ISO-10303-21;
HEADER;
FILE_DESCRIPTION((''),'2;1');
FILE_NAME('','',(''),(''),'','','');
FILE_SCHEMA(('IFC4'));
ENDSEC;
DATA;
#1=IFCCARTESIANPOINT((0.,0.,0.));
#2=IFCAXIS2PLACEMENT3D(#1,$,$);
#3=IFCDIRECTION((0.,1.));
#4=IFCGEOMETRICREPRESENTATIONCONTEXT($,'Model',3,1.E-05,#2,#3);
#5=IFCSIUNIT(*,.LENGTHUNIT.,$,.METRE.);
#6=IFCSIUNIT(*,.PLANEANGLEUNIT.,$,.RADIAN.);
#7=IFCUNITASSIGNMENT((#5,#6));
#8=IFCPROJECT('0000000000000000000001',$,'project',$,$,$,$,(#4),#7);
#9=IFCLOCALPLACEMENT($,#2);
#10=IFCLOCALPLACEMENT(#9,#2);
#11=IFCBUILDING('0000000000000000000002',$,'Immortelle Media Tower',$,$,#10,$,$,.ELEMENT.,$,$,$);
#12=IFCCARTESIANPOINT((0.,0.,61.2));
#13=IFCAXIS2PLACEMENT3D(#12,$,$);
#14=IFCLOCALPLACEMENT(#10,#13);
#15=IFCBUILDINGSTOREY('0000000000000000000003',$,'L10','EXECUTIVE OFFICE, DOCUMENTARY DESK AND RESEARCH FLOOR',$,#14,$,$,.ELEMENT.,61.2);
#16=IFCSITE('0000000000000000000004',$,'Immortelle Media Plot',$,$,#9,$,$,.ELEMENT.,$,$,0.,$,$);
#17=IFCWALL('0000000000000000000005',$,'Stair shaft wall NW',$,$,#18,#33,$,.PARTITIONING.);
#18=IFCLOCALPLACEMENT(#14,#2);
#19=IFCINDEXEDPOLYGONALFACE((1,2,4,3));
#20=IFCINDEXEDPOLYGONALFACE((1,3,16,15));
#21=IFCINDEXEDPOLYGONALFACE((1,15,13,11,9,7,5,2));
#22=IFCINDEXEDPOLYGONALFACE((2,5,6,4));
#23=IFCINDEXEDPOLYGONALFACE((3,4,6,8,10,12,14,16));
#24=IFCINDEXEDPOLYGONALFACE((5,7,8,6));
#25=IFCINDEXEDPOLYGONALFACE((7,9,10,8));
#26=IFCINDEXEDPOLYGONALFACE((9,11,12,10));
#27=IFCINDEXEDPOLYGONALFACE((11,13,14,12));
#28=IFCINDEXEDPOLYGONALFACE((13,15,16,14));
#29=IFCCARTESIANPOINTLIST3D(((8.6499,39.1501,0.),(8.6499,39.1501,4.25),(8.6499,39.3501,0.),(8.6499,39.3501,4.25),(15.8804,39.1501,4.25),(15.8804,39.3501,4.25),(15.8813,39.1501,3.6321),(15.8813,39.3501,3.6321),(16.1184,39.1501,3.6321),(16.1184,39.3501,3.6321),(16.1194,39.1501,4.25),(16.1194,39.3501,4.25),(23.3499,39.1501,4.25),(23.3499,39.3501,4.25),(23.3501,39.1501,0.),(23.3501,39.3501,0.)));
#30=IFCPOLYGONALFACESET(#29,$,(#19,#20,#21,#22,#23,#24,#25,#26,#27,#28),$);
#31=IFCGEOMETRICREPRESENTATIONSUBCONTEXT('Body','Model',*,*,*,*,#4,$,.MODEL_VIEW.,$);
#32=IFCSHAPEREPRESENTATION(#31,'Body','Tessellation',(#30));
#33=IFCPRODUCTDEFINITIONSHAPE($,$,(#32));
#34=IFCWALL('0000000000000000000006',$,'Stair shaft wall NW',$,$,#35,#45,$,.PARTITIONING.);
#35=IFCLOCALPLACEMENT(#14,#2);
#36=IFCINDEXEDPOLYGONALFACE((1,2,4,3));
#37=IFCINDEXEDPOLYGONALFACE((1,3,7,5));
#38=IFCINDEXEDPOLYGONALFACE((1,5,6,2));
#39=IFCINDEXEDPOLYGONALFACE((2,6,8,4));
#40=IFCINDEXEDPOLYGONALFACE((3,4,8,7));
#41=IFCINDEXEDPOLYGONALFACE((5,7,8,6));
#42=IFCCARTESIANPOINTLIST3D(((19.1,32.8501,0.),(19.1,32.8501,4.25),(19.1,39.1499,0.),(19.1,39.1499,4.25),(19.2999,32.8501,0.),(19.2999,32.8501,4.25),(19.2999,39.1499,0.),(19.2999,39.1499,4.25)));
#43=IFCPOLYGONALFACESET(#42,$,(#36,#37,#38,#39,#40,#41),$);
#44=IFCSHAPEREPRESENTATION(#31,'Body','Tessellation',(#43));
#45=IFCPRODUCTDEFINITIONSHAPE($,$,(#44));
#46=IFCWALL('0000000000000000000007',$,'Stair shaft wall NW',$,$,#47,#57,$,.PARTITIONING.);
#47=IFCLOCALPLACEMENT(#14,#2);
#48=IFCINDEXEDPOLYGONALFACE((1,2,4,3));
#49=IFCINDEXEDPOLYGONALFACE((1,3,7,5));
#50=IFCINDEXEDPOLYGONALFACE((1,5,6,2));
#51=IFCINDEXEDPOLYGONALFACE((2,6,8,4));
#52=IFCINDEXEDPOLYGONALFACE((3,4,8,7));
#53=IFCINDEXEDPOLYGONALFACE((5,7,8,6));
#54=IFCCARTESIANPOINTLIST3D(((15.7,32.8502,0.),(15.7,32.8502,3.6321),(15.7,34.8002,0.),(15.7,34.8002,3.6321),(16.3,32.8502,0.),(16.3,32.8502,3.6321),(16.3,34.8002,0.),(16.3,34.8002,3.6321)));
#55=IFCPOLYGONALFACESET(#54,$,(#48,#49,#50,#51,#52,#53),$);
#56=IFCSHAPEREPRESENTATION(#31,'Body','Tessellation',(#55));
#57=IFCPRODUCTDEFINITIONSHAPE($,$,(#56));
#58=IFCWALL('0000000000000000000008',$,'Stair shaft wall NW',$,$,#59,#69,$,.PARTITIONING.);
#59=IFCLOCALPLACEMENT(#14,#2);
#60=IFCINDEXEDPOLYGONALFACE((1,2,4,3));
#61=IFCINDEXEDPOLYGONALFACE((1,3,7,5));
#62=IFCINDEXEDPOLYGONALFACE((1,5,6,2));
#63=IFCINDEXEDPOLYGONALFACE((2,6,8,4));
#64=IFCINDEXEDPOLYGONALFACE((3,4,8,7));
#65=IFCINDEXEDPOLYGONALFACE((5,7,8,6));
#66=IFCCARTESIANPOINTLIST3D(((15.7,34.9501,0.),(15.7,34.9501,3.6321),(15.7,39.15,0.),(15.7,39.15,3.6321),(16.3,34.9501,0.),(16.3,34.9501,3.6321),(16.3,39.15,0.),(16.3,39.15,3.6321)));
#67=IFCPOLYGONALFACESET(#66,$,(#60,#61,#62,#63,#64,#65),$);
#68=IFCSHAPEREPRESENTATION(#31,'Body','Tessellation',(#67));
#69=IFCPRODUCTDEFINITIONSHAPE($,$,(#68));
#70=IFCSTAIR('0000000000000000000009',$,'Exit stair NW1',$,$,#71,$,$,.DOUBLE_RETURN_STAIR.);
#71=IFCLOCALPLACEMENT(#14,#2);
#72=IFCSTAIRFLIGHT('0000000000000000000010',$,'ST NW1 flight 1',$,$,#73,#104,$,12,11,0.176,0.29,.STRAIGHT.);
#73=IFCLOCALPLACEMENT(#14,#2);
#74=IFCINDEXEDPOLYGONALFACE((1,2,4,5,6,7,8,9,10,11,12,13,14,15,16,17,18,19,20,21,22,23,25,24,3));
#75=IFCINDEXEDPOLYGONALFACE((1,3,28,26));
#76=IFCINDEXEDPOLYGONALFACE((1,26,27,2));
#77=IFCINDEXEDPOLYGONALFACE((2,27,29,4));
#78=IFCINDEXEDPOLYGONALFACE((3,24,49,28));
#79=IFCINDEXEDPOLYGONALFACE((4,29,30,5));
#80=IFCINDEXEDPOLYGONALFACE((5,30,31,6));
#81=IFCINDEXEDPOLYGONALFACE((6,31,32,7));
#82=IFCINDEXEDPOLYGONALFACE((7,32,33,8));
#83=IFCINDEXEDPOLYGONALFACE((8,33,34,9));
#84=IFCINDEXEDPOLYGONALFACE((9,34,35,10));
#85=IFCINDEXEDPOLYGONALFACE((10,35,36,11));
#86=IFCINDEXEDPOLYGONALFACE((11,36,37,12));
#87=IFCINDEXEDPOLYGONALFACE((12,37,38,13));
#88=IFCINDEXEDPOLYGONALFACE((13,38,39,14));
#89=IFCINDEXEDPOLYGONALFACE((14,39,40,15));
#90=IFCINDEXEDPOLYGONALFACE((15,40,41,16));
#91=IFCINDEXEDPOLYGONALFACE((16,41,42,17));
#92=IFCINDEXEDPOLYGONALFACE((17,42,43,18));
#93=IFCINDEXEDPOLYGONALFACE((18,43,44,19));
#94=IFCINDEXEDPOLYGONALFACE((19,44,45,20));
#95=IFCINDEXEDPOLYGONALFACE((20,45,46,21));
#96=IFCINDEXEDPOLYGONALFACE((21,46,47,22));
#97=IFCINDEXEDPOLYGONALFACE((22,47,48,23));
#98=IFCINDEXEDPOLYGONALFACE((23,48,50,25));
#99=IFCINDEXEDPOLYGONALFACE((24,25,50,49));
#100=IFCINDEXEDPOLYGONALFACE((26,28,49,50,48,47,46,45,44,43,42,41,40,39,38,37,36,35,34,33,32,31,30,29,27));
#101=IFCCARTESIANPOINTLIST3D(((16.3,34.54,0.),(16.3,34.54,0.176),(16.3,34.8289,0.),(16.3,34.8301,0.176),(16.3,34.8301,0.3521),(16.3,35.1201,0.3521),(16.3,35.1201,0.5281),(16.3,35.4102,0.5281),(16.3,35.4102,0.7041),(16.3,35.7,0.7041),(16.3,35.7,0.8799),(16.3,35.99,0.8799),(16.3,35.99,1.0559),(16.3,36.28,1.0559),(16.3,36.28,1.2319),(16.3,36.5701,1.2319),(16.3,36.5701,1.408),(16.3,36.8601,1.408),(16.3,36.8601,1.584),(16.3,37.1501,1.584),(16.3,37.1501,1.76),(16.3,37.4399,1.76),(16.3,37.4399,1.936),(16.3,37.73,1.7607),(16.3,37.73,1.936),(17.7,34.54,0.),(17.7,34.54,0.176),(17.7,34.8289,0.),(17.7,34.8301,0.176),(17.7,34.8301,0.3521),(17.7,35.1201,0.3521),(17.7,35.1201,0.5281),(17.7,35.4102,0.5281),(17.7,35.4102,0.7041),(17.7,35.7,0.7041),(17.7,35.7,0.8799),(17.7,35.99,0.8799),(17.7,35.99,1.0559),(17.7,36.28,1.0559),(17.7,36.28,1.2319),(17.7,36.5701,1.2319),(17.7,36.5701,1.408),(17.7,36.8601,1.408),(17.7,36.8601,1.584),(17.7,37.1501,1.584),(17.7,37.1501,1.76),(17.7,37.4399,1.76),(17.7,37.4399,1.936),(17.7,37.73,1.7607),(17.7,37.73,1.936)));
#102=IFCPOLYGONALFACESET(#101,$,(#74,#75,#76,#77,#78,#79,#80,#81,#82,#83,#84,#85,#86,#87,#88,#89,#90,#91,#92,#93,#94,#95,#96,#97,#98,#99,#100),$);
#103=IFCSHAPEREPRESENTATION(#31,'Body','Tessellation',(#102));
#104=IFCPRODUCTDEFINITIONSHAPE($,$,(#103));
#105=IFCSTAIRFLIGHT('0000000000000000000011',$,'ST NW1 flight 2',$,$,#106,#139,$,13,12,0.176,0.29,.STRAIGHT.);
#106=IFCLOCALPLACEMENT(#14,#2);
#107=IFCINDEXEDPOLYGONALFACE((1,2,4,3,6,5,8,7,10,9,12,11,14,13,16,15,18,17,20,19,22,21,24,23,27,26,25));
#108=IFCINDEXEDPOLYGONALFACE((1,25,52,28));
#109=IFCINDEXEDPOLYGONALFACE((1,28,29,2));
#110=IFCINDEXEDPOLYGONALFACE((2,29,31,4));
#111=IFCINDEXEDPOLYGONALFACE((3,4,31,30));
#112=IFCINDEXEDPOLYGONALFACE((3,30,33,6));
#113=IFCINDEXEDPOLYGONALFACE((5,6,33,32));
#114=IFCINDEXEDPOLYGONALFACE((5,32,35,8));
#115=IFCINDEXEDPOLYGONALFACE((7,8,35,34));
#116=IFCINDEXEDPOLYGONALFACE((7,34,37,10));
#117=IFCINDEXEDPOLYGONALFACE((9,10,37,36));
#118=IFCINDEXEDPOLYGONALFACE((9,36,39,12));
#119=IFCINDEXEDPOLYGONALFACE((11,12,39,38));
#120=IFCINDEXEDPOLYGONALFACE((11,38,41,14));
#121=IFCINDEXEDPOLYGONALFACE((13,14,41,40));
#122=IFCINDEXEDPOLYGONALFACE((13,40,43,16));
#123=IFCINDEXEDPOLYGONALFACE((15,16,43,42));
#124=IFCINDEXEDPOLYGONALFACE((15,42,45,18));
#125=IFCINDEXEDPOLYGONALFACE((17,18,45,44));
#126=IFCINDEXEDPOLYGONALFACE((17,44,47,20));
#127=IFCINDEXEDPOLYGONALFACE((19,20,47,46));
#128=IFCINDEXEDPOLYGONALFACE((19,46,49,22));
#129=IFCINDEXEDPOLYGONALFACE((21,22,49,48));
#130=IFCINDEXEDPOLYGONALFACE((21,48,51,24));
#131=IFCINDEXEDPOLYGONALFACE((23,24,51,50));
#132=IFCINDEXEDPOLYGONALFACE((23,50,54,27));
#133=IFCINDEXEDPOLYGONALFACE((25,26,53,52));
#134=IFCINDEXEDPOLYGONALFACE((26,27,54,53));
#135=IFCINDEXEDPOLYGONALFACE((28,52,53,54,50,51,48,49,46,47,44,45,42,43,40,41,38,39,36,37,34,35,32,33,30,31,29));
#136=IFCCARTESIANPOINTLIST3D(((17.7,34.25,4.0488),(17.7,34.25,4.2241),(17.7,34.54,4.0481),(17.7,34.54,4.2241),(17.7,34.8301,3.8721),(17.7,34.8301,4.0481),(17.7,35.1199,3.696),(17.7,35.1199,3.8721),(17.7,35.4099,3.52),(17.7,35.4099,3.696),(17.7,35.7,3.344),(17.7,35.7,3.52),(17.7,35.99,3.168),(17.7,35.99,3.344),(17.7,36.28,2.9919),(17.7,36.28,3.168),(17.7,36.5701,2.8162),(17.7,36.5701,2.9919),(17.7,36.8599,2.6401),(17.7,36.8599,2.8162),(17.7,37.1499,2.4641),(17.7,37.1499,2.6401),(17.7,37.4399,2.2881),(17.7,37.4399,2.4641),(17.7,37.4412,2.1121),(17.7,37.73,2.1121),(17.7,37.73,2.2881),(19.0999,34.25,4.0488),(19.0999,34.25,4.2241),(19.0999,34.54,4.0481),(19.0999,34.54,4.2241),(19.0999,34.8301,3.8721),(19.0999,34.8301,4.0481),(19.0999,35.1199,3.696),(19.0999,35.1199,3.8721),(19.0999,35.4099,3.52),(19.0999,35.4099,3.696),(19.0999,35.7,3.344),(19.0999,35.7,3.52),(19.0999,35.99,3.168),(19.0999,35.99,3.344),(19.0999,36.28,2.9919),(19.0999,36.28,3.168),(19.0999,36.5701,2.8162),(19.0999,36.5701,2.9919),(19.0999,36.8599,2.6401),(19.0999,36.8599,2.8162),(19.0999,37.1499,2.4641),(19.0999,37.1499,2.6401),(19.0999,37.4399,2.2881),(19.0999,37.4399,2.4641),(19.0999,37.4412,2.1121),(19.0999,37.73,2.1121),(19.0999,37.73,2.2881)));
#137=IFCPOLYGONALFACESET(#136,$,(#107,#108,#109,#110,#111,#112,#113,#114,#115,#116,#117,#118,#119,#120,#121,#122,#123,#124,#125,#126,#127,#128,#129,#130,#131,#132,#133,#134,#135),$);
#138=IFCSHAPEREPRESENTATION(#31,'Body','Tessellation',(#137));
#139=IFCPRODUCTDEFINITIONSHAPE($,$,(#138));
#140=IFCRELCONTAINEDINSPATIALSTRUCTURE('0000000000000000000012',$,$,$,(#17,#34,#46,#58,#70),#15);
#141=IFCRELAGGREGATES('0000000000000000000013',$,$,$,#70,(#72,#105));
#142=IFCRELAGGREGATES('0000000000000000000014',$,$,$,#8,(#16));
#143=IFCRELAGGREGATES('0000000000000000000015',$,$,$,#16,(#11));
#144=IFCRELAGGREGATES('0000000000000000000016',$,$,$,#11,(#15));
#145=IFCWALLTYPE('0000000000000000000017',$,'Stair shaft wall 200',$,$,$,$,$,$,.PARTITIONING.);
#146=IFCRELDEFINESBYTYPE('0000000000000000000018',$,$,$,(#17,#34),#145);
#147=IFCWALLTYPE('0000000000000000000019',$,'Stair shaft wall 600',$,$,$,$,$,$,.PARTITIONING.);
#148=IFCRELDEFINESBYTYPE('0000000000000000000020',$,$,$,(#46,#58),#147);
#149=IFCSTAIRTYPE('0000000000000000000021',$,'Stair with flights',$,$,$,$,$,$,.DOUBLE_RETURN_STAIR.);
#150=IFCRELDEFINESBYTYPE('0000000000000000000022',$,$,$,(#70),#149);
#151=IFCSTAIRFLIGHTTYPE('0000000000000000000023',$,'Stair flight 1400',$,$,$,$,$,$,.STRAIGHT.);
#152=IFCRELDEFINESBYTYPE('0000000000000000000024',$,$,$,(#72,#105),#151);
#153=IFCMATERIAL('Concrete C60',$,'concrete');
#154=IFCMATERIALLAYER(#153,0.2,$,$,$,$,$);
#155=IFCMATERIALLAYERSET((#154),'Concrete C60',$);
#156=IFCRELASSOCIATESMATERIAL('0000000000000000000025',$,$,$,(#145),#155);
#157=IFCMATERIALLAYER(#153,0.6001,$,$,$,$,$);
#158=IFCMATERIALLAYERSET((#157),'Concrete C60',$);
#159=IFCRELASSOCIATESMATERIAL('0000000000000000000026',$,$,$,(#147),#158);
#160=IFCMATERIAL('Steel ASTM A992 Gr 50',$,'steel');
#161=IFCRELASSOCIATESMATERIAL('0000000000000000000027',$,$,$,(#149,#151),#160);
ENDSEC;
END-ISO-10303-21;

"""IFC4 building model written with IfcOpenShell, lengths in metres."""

from ifc_helpers import new_model, si_unit, direction, frame, frame_2d, origin, place, context, subcontext, project, spatial, polyline, rectangle, outline, extrude, material, layer, layer_set, type_object, element, aggregate, save


model = new_model("IFC4")

# Units and contexts
model_context = context("Model", 3, precision=1e-05, world=origin(), true_north=direction((0.0, 1.0)))
body_context = subcontext(model_context, "Body", "Model", "MODEL_VIEW")
ifc_project = project(units=[si_unit("LENGTHUNIT", "METRE"), si_unit("PLANEANGLEUNIT", "RADIAN")], contexts=[model_context])

# Site, building, storey
site_placement = place(None, origin())
site = spatial("IfcSite", under=ifc_project, at=site_placement, Name="Immortelle Media Plot", CompositionType="ELEMENT", RefElevation=0.0)
building_placement = place(site_placement, origin())
building = spatial("IfcBuilding", under=site, at=building_placement, Name="Immortelle Media Tower", CompositionType="ELEMENT")
storey_placement = place(building_placement, frame((0.0, 0.0, 61.2)))
storey = spatial("IfcBuildingStorey", under=building, at=storey_placement, Name="L10", Description="EXECUTIVE OFFICE, DOCUMENTARY DESK AND RESEARCH FLOOR", CompositionType="ELEMENT", Elevation=61.2)

# Shared definitions
ifc_material_1 = material(Name="Steel ASTM A992 Gr 50", Category="steel")

# Walls
ifc_material_2 = material(Name="Concrete C60", Category="concrete")
ifc_layer_1 = layer(ifc_material_2, 0.2)
ifc_layer_set_1 = layer_set([ifc_layer_1], Name="Concrete C60")
wall_type_1 = type_object("IfcWallType", Name="Stair shaft wall 200", PredefinedType="PARTITIONING", material=ifc_layer_set_1)
wall_1_placement = place(storey_placement, frame((8.6499, 39.25, 0.0), z_axis=(0.0, 0.0, 1.0), x_axis=(1.0, 0.0, 0.0)))
element("IfcWall", 1, at=wall_1_placement, inside=storey, type_object=wall_type_1, Name="Stair shaft wall NW", PredefinedType="PARTITIONING", context=body_context, shape_type="SweptSolid", body=[
    extrude(outline(polyline([(0.0, 0.0), (14.7002, 0.0), (14.7, 4.25), (7.4695, 4.25), (7.4685, 3.6321), (7.2314, 3.6321), (7.2305, 4.25), (0.0, 4.25), (0.0, 0.0)])), frame((0.0, 0.1001, 0.0), z_axis=(0.0, -1.0, 0.0), x_axis=(1.0, 0.0, 0.0)), (0.0, 0.0, 1.0), 0.2),
])
wall_2_placement = place(storey_placement, frame((19.2, 32.8501, 0.0), z_axis=(0.0, 0.0, 1.0), x_axis=(0.0, 1.0, 0.0)))
element("IfcWall", 2, at=wall_2_placement, inside=storey, type_object=wall_type_1, Name="Stair shaft wall NW", PredefinedType="PARTITIONING", context=body_context, shape_type="SweptSolid", body=[
    extrude(rectangle(XDim=6.2998, YDim=0.2, at=frame_2d((3.1499, 0.0))), origin(), (0.0, 0.0, 1.0), 4.25),
])
ifc_layer_2 = layer(ifc_material_2, 0.6001)
ifc_layer_set_2 = layer_set([ifc_layer_2], Name="Concrete C60")
wall_type_2 = type_object("IfcWallType", Name="Stair shaft wall 600", PredefinedType="PARTITIONING", material=ifc_layer_set_2)
wall_3_placement = place(storey_placement, frame((16.0, 32.8501, 0.0), z_axis=(0.0, 0.0, 1.0), x_axis=(0.0, 1.0, 0.0)))
element("IfcWall", 3, at=wall_3_placement, inside=storey, type_object=wall_type_2, Name="Stair shaft wall NW", PredefinedType="PARTITIONING", context=body_context, shape_type="SweptSolid", body=[
    extrude(rectangle(XDim=1.95, YDim=0.6001, at=frame_2d((0.9751, 0.0))), origin(), (0.0, 0.0, 1.0), 3.6321),
])
wall_4_placement = place(storey_placement, frame((16.0, 34.95, 0.0), z_axis=(0.0, 0.0, 1.0), x_axis=(0.0, 1.0, 0.0)))
element("IfcWall", 4, at=wall_4_placement, inside=storey, type_object=wall_type_2, Name="Stair shaft wall NW", PredefinedType="PARTITIONING", context=body_context, shape_type="SweptSolid", body=[
    extrude(rectangle(XDim=4.2, YDim=0.6001, at=frame_2d((2.1001, 0.0))), origin(), (0.0, 0.0, 1.0), 3.6321),
])

# Stair, stair flights
stair_type = type_object("IfcStairType", Name="Stair with flights", PredefinedType="DOUBLE_RETURN_STAIR", material=ifc_material_1)
stair_placement = place(storey_placement, origin())
stair = element("IfcStair", 5, at=stair_placement, inside=storey, type_object=stair_type, Name="Exit stair NW1", PredefinedType="DOUBLE_RETURN_STAIR")
stair_flight_type = type_object("IfcStairFlightType", Name="Stair flight 1400", PredefinedType="STRAIGHT", material=ifc_material_1)
stair_flight_1_placement = place(storey_placement, frame((17.0, 34.54, 0.0), z_axis=(0.0, 0.0, 1.0), x_axis=(0.0, 1.0, 0.0)))
stair_flight_1 = element("IfcStairFlight", 6, at=stair_flight_1_placement, type_object=stair_flight_type, Name="ST NW1 flight 1", NumberOfRisers=12, NumberOfTreads=11, PredefinedType="STRAIGHT", RiserHeight=0.176, TreadLength=0.29, context=body_context, shape_type="SweptSolid", body=[
    extrude(outline(polyline([(0.0, 0.0), (0.0, 0.176), (0.29, 0.176), (0.29, 0.3521), (0.5801, 0.3521), (0.5801, 0.5281), (0.8701, 0.5281), (0.8701, 0.7041), (1.1599, 0.7041), (1.1599, 0.8799), (1.45, 0.8799), (1.45, 1.0559), (1.74, 1.0559), (1.74, 1.2319), (2.03, 1.2319), (2.03, 1.408), (2.3201, 1.408), (2.3201, 1.584), (2.6101, 1.584), (2.6101, 1.76), (2.8999, 1.76), (2.8999, 1.936), (3.1899, 1.936), (3.1899, 2.1121), (3.1899, 1.7607), (0.2888, 0.0), (0.0, 0.0)])), frame((0.0, 0.7, 0.0), z_axis=(0.0, -1.0, 0.0), x_axis=(1.0, 0.0, 0.0)), (0.0, 0.0, 1.0), 1.3999),
])
stair_flight_2_placement = place(storey_placement, frame((18.3999, 37.73, 2.1121), z_axis=(0.0, 0.0, 1.0), x_axis=(0.0, -1.0, 0.0)))
stair_flight_2 = element("IfcStairFlight", 7, at=stair_flight_2_placement, type_object=stair_flight_type, Name="ST NW1 flight 2", NumberOfRisers=13, NumberOfTreads=12, PredefinedType="STRAIGHT", RiserHeight=0.176, TreadLength=0.29, context=body_context, shape_type="SweptSolid", body=[
    extrude(outline(polyline([(0.0, 0.0), (0.0, 0.176), (0.29, 0.176), (0.29, 0.3521), (0.5801, 0.3521), (0.5801, 0.5281), (0.8701, 0.5281), (0.8701, 0.7041), (1.1599, 0.7041), (1.1599, 0.8799), (1.45, 0.8799), (1.45, 1.0559), (1.74, 1.0559), (1.74, 1.2319), (2.03, 1.2319), (2.03, 1.408), (2.3201, 1.408), (2.3201, 1.584), (2.6101, 1.584), (2.6101, 1.76), (2.8999, 1.76), (2.8999, 1.936), (3.1899, 1.936), (3.1899, 2.1121), (3.48, 2.1121), (3.48, 2.2881), (3.48, 1.9368), (0.2888, 0.0), (0.0, 0.0)])), frame((0.0, 0.7, 0.0), z_axis=(0.0, -1.0, 0.0), x_axis=(1.0, 0.0, 0.0)), (0.0, 0.0, 1.0), 1.3999),
])
aggregate(stair, [stair_flight_1, stair_flight_2])

save(model, "model.ifc")
